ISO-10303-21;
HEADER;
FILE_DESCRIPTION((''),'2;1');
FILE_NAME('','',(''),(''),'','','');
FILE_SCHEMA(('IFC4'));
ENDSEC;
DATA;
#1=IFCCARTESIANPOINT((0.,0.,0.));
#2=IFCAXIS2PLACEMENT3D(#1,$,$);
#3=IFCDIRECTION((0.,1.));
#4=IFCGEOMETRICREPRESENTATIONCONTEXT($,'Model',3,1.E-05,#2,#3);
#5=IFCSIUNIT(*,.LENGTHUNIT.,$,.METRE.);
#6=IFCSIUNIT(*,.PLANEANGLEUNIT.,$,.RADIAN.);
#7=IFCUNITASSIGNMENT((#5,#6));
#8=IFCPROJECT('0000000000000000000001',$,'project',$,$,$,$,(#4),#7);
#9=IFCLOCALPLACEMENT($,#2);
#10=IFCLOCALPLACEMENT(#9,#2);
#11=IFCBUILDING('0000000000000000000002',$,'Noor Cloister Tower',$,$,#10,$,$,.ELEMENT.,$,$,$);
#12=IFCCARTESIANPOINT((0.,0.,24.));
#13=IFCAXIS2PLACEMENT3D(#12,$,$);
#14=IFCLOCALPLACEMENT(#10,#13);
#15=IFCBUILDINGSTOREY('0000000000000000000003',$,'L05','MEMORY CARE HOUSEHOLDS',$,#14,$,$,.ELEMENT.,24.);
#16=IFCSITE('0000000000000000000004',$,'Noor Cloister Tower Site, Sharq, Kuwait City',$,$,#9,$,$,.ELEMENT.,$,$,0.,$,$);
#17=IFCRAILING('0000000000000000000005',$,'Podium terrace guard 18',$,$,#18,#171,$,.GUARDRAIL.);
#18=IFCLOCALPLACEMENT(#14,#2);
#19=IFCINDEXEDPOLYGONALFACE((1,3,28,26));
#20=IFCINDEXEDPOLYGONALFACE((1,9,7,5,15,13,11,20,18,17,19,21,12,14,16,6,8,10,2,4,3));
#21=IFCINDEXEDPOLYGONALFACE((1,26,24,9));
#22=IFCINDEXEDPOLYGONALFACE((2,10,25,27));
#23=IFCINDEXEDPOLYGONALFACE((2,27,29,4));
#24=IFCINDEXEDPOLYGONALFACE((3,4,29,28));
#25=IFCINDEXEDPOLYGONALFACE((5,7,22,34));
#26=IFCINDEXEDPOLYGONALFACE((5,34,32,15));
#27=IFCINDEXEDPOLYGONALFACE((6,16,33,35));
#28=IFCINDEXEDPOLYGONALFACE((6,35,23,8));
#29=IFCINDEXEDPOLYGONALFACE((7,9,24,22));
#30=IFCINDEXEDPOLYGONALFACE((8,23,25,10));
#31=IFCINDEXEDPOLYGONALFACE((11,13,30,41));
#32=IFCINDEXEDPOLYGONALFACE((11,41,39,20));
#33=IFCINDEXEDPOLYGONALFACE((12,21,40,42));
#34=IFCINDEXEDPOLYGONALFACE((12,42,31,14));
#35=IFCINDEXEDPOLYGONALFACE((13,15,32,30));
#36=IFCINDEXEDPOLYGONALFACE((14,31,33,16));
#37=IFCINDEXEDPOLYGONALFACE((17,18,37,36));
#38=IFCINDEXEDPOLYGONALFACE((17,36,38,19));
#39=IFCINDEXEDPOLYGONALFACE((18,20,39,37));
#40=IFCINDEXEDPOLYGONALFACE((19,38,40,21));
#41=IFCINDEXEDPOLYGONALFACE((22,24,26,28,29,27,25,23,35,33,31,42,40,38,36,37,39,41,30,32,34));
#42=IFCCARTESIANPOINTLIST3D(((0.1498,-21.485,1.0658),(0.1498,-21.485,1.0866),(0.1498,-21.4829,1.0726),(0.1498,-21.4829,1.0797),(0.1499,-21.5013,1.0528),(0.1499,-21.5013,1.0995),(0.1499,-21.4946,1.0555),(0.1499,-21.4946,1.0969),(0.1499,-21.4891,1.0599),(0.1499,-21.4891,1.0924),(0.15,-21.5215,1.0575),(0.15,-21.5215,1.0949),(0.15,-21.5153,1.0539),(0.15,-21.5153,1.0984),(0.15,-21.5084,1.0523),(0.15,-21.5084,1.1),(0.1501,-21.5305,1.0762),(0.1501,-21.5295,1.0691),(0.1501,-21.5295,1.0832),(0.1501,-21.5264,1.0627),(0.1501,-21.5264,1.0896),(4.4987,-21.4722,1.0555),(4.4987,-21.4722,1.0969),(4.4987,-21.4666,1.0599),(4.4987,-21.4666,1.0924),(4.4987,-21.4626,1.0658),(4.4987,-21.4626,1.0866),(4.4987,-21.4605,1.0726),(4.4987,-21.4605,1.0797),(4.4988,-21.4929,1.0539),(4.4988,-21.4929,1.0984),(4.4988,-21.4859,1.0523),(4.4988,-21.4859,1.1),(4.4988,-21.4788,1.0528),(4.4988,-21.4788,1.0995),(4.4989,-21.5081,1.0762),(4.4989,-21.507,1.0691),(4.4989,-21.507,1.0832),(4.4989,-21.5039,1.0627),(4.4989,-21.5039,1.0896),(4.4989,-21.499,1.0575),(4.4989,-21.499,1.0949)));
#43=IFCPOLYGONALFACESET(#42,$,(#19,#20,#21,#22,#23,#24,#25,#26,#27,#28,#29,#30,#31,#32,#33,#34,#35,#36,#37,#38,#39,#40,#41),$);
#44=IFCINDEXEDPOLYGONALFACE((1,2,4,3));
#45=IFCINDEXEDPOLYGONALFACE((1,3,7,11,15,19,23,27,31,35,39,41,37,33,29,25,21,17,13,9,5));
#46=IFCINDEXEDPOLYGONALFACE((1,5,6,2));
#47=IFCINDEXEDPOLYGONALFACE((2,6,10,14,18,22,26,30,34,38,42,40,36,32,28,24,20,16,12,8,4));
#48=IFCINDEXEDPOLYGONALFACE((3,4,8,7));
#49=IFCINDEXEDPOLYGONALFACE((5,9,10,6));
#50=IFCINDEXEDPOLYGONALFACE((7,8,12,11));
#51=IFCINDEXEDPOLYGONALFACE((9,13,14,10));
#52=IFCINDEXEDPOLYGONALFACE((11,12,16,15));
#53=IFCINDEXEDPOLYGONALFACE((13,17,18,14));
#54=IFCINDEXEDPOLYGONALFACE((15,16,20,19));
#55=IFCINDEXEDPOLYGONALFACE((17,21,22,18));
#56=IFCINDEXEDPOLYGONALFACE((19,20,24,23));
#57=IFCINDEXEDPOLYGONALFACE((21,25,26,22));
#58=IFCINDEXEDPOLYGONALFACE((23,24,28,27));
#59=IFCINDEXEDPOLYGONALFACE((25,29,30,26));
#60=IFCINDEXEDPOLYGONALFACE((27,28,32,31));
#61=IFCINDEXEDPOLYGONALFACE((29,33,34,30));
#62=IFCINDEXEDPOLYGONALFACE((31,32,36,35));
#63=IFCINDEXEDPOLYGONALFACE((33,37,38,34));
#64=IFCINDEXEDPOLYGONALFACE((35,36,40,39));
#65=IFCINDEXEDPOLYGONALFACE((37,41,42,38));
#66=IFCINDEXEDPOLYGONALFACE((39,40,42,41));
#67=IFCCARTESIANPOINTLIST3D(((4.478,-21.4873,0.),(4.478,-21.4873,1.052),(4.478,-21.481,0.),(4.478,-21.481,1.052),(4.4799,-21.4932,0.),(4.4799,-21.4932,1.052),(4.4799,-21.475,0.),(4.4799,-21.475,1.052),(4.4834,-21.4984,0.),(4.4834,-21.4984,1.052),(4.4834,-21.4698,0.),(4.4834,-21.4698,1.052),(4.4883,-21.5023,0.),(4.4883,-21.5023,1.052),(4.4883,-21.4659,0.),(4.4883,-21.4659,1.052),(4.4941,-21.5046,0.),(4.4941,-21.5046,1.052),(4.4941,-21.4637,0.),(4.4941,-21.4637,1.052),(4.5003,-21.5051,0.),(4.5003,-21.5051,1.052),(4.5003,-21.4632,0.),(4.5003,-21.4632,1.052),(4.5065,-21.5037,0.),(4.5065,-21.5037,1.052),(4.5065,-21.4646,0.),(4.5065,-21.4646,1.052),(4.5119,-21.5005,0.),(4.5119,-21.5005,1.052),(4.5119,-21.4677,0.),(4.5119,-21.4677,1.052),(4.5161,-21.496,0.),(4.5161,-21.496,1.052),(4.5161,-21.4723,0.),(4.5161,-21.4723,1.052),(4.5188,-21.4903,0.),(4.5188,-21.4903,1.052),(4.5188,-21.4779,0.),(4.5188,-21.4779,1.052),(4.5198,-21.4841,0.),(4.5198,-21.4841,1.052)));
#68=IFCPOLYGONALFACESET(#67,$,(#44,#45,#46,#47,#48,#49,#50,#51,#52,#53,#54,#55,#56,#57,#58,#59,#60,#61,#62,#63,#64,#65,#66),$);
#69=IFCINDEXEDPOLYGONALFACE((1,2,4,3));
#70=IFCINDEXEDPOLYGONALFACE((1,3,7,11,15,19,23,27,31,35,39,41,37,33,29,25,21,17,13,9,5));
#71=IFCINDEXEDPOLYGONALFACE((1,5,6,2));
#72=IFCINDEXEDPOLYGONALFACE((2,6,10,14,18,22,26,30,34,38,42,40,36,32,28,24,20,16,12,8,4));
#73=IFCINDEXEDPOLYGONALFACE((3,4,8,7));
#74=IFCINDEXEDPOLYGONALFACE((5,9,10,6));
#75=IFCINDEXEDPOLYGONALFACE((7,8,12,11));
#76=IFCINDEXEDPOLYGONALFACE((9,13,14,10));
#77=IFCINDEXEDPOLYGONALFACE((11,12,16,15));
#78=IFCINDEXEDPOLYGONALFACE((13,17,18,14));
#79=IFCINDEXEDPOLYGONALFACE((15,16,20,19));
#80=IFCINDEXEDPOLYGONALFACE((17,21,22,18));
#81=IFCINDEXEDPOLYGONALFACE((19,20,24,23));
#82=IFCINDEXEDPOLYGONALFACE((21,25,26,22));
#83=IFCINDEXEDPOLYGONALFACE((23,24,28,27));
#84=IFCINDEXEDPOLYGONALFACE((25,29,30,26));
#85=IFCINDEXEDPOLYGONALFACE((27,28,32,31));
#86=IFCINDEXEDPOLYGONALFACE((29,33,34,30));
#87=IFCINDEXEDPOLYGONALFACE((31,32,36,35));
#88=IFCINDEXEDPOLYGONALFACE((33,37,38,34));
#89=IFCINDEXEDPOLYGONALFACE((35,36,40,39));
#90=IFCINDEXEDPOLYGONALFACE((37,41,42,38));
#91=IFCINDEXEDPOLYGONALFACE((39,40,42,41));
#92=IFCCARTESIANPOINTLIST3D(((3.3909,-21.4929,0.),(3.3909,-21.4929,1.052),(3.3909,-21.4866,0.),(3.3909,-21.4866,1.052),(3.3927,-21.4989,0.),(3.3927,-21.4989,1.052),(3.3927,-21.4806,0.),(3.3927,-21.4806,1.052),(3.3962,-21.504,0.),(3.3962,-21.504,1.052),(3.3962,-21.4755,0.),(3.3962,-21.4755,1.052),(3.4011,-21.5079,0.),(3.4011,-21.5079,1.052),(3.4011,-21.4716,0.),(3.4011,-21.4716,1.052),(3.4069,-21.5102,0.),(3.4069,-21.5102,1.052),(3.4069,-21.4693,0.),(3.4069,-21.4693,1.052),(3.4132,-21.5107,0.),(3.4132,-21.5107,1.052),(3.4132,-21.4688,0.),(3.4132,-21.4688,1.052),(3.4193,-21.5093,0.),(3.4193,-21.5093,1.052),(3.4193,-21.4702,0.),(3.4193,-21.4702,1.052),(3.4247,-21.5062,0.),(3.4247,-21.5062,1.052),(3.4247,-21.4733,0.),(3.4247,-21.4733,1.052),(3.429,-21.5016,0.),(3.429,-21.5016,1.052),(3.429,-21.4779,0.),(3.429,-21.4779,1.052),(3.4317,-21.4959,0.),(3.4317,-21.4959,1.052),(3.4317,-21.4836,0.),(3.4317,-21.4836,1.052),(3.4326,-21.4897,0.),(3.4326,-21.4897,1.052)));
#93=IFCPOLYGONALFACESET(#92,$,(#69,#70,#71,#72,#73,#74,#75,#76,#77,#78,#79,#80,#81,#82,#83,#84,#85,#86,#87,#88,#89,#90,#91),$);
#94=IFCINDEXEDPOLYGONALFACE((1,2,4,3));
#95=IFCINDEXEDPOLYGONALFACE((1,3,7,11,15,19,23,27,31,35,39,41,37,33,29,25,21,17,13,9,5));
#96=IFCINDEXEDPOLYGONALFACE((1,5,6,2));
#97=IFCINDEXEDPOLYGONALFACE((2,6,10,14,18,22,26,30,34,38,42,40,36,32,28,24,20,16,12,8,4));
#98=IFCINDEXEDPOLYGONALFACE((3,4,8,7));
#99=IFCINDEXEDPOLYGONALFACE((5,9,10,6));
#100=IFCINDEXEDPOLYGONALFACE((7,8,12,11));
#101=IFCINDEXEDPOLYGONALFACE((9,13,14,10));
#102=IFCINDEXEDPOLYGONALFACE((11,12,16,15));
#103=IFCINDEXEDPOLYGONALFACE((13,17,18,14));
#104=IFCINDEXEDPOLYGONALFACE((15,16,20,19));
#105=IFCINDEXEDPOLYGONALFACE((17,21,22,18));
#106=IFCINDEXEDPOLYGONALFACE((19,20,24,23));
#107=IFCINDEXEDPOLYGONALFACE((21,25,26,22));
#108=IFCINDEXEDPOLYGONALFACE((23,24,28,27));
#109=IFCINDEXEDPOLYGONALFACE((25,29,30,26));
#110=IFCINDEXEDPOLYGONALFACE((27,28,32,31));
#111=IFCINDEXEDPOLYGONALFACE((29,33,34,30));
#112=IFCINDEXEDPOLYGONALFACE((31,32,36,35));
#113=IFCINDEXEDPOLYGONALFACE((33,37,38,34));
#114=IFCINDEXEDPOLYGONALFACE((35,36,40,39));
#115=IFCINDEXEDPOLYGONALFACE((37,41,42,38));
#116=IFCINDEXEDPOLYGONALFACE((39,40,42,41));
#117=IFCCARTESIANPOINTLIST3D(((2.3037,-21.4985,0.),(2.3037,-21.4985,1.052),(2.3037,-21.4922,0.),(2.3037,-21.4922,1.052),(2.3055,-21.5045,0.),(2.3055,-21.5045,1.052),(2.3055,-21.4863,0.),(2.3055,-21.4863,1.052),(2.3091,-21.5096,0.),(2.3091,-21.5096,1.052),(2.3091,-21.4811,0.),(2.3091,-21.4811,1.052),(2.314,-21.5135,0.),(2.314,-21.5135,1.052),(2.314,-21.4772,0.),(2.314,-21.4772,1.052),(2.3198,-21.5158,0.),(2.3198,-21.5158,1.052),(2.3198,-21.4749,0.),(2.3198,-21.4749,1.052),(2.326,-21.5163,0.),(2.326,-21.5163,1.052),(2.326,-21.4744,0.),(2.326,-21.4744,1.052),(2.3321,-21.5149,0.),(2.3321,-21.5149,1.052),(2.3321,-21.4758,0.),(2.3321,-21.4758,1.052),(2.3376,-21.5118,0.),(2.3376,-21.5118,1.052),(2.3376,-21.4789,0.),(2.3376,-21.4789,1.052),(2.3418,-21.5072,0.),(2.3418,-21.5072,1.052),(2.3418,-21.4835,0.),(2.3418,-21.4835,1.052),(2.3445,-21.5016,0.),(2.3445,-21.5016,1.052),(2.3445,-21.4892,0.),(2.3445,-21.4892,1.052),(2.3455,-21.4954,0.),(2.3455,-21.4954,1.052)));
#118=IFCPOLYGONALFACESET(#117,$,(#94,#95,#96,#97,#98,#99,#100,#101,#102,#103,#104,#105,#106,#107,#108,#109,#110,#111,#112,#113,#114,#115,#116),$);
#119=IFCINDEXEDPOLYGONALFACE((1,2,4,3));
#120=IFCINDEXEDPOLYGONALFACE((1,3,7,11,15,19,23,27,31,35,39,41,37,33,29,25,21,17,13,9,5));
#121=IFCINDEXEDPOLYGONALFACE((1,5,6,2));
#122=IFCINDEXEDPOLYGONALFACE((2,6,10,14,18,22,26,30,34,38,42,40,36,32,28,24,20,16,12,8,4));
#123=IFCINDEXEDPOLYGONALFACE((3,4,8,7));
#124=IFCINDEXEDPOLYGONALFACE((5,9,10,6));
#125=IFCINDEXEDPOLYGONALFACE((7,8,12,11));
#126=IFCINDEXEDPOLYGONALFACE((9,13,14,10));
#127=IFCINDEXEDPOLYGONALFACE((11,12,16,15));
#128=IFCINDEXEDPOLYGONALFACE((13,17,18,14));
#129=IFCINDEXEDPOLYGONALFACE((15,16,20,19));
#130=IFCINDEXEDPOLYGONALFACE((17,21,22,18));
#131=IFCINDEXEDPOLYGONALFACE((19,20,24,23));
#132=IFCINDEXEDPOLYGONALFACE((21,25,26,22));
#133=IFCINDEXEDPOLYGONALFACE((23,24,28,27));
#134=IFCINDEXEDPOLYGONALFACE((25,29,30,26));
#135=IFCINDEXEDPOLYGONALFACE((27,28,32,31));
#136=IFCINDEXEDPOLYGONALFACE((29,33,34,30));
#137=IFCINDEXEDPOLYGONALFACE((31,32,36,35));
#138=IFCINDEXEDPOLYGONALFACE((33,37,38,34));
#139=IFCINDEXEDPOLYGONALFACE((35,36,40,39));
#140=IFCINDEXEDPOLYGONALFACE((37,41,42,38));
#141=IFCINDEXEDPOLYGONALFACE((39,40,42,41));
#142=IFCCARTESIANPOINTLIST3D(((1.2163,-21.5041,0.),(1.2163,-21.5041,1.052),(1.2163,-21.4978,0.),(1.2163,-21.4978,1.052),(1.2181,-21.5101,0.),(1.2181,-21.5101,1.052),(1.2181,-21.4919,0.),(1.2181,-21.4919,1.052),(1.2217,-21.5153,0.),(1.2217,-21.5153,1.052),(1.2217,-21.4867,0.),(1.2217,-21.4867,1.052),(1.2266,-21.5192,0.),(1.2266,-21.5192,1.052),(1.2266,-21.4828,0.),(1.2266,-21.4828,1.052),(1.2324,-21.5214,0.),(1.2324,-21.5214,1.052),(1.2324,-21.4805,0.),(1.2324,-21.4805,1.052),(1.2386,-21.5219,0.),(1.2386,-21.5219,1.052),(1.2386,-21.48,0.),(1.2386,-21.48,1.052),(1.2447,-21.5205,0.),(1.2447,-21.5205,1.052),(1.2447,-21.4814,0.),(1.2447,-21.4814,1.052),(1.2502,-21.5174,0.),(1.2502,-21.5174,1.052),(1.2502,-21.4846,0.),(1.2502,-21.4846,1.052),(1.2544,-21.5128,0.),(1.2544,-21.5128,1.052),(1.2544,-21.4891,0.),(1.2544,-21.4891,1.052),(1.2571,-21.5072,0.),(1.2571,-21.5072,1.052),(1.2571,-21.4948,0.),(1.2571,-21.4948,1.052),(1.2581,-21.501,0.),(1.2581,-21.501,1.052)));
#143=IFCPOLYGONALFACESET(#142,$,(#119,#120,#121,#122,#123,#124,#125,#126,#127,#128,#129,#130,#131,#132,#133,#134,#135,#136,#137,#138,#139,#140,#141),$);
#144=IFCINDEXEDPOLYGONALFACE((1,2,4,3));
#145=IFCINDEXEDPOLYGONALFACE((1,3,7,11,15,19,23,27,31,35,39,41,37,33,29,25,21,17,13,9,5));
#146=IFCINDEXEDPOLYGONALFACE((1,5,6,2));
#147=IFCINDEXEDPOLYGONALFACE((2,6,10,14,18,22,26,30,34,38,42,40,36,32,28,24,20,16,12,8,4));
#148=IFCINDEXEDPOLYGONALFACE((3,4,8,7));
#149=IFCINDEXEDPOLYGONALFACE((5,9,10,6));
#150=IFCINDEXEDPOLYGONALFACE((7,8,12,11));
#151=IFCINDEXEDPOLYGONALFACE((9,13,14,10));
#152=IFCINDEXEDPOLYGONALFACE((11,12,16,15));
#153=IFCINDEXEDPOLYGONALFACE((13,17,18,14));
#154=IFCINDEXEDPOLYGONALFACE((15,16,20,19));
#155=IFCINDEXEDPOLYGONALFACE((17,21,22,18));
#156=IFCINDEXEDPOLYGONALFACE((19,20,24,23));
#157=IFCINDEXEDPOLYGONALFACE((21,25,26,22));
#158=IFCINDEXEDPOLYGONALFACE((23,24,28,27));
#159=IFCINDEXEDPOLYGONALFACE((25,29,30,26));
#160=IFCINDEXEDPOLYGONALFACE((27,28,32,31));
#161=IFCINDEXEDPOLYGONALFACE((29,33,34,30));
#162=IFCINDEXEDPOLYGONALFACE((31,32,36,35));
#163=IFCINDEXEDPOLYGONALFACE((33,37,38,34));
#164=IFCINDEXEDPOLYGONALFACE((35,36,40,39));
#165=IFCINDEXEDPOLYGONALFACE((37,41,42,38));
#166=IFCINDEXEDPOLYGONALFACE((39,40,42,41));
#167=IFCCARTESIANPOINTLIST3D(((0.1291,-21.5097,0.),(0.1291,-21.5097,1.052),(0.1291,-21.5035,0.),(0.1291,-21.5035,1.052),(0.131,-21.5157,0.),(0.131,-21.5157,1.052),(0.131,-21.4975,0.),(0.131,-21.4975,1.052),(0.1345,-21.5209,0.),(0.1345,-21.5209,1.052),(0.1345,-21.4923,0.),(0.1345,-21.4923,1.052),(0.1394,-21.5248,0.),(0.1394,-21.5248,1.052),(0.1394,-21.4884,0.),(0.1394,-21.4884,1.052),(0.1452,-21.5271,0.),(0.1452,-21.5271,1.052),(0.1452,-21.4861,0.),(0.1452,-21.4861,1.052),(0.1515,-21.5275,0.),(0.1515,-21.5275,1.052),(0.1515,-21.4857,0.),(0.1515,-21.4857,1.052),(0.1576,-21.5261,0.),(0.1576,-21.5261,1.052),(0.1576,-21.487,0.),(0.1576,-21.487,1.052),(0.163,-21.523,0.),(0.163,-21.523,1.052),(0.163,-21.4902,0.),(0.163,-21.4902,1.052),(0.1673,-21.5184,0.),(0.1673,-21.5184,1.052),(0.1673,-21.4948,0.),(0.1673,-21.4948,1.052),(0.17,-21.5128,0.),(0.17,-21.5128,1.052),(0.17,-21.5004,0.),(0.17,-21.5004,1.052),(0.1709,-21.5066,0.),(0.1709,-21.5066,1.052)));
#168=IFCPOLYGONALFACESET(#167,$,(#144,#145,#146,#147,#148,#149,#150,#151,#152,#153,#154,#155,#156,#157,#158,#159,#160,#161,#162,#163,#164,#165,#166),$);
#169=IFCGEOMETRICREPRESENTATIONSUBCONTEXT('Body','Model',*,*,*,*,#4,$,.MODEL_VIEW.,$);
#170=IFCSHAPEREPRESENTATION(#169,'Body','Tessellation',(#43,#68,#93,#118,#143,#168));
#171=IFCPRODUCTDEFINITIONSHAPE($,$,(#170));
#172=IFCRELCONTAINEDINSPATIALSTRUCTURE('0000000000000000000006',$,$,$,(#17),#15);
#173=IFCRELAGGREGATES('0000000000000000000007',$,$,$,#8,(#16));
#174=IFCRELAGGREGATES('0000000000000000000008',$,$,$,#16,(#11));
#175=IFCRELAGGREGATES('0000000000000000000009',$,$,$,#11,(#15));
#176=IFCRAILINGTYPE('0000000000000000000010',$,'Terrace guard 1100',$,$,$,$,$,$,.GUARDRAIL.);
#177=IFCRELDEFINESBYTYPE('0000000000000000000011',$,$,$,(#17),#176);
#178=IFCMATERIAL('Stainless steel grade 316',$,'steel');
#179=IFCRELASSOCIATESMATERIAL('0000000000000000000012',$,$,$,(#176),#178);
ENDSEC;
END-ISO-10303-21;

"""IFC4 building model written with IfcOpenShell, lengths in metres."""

from ifc_helpers import new_model, si_unit, direction, frame, origin, origin_2d, place, context, subcontext, project, spatial, circle, extrude, material, type_object, element, save


model = new_model("IFC4")

# Units and contexts
model_context = context("Model", 3, precision=1e-05, world=origin(), true_north=direction((0.0, 1.0)))
body_context = subcontext(model_context, "Body", "Model", "MODEL_VIEW")
ifc_project = project(units=[si_unit("LENGTHUNIT", "METRE"), si_unit("PLANEANGLEUNIT", "RADIAN")], contexts=[model_context])

# Site, building, storey
site_placement = place(None, origin())
site = spatial("IfcSite", under=ifc_project, at=site_placement, Name="Noor Cloister Tower Site, Sharq, Kuwait City", CompositionType="ELEMENT", RefElevation=0.0)
building_placement = place(site_placement, origin())
building = spatial("IfcBuilding", under=site, at=building_placement, Name="Noor Cloister Tower", CompositionType="ELEMENT")
storey_placement = place(building_placement, frame((0.0, 0.0, 24.0)))
storey = spatial("IfcBuildingStorey", under=building, at=storey_placement, Name="L05", Description="MEMORY CARE HOUSEHOLDS", CompositionType="ELEMENT", Elevation=24.0)

# Railing
ifc_material_1 = material(Name="Stainless steel grade 316", Category="steel")
railing_type = type_object("IfcRailingType", Name="Terrace guard 1100", PredefinedType="GUARDRAIL", material=ifc_material_1)
railing_1_placement = place(storey_placement, frame((4.4988, -21.4841, 0.0)))
element("IfcRailing", 1, at=railing_1_placement, inside=storey, type_object=railing_type, Name="Podium terrace guard 18", PredefinedType="GUARDRAIL", context=body_context, shape_type="SweptSolid", body=[
    extrude(circle(Radius=0.0239, at=origin_2d()), frame((0.0, 0.0, 1.0762), z_axis=(-0.999987, -0.005165, 0.0), x_axis=(0.005165, -0.999987, 0.0)), (0.0, 0.0, 1.0), 4.3489),
    extrude(circle(Radius=0.021, at=origin_2d()), origin(), (0.0, 0.0, 1.0), 1.052),
    extrude(circle(Radius=0.021, at=origin_2d()), frame((-1.0872, -0.0056, 0.0)), (0.0, 0.0, 1.0), 1.052),
    extrude(circle(Radius=0.021, at=origin_2d()), frame((-2.1743, -0.0112, 0.0)), (0.0, 0.0, 1.0), 1.052),
    extrude(circle(Radius=0.021, at=origin_2d()), frame((-3.2617, -0.0168, 0.0)), (0.0, 0.0, 1.0), 1.052),
    extrude(circle(Radius=0.021, at=origin_2d()), frame((-4.3489, -0.0225, 0.0)), (0.0, 0.0, 1.0), 1.052),
])

save(model, "model.ifc")
